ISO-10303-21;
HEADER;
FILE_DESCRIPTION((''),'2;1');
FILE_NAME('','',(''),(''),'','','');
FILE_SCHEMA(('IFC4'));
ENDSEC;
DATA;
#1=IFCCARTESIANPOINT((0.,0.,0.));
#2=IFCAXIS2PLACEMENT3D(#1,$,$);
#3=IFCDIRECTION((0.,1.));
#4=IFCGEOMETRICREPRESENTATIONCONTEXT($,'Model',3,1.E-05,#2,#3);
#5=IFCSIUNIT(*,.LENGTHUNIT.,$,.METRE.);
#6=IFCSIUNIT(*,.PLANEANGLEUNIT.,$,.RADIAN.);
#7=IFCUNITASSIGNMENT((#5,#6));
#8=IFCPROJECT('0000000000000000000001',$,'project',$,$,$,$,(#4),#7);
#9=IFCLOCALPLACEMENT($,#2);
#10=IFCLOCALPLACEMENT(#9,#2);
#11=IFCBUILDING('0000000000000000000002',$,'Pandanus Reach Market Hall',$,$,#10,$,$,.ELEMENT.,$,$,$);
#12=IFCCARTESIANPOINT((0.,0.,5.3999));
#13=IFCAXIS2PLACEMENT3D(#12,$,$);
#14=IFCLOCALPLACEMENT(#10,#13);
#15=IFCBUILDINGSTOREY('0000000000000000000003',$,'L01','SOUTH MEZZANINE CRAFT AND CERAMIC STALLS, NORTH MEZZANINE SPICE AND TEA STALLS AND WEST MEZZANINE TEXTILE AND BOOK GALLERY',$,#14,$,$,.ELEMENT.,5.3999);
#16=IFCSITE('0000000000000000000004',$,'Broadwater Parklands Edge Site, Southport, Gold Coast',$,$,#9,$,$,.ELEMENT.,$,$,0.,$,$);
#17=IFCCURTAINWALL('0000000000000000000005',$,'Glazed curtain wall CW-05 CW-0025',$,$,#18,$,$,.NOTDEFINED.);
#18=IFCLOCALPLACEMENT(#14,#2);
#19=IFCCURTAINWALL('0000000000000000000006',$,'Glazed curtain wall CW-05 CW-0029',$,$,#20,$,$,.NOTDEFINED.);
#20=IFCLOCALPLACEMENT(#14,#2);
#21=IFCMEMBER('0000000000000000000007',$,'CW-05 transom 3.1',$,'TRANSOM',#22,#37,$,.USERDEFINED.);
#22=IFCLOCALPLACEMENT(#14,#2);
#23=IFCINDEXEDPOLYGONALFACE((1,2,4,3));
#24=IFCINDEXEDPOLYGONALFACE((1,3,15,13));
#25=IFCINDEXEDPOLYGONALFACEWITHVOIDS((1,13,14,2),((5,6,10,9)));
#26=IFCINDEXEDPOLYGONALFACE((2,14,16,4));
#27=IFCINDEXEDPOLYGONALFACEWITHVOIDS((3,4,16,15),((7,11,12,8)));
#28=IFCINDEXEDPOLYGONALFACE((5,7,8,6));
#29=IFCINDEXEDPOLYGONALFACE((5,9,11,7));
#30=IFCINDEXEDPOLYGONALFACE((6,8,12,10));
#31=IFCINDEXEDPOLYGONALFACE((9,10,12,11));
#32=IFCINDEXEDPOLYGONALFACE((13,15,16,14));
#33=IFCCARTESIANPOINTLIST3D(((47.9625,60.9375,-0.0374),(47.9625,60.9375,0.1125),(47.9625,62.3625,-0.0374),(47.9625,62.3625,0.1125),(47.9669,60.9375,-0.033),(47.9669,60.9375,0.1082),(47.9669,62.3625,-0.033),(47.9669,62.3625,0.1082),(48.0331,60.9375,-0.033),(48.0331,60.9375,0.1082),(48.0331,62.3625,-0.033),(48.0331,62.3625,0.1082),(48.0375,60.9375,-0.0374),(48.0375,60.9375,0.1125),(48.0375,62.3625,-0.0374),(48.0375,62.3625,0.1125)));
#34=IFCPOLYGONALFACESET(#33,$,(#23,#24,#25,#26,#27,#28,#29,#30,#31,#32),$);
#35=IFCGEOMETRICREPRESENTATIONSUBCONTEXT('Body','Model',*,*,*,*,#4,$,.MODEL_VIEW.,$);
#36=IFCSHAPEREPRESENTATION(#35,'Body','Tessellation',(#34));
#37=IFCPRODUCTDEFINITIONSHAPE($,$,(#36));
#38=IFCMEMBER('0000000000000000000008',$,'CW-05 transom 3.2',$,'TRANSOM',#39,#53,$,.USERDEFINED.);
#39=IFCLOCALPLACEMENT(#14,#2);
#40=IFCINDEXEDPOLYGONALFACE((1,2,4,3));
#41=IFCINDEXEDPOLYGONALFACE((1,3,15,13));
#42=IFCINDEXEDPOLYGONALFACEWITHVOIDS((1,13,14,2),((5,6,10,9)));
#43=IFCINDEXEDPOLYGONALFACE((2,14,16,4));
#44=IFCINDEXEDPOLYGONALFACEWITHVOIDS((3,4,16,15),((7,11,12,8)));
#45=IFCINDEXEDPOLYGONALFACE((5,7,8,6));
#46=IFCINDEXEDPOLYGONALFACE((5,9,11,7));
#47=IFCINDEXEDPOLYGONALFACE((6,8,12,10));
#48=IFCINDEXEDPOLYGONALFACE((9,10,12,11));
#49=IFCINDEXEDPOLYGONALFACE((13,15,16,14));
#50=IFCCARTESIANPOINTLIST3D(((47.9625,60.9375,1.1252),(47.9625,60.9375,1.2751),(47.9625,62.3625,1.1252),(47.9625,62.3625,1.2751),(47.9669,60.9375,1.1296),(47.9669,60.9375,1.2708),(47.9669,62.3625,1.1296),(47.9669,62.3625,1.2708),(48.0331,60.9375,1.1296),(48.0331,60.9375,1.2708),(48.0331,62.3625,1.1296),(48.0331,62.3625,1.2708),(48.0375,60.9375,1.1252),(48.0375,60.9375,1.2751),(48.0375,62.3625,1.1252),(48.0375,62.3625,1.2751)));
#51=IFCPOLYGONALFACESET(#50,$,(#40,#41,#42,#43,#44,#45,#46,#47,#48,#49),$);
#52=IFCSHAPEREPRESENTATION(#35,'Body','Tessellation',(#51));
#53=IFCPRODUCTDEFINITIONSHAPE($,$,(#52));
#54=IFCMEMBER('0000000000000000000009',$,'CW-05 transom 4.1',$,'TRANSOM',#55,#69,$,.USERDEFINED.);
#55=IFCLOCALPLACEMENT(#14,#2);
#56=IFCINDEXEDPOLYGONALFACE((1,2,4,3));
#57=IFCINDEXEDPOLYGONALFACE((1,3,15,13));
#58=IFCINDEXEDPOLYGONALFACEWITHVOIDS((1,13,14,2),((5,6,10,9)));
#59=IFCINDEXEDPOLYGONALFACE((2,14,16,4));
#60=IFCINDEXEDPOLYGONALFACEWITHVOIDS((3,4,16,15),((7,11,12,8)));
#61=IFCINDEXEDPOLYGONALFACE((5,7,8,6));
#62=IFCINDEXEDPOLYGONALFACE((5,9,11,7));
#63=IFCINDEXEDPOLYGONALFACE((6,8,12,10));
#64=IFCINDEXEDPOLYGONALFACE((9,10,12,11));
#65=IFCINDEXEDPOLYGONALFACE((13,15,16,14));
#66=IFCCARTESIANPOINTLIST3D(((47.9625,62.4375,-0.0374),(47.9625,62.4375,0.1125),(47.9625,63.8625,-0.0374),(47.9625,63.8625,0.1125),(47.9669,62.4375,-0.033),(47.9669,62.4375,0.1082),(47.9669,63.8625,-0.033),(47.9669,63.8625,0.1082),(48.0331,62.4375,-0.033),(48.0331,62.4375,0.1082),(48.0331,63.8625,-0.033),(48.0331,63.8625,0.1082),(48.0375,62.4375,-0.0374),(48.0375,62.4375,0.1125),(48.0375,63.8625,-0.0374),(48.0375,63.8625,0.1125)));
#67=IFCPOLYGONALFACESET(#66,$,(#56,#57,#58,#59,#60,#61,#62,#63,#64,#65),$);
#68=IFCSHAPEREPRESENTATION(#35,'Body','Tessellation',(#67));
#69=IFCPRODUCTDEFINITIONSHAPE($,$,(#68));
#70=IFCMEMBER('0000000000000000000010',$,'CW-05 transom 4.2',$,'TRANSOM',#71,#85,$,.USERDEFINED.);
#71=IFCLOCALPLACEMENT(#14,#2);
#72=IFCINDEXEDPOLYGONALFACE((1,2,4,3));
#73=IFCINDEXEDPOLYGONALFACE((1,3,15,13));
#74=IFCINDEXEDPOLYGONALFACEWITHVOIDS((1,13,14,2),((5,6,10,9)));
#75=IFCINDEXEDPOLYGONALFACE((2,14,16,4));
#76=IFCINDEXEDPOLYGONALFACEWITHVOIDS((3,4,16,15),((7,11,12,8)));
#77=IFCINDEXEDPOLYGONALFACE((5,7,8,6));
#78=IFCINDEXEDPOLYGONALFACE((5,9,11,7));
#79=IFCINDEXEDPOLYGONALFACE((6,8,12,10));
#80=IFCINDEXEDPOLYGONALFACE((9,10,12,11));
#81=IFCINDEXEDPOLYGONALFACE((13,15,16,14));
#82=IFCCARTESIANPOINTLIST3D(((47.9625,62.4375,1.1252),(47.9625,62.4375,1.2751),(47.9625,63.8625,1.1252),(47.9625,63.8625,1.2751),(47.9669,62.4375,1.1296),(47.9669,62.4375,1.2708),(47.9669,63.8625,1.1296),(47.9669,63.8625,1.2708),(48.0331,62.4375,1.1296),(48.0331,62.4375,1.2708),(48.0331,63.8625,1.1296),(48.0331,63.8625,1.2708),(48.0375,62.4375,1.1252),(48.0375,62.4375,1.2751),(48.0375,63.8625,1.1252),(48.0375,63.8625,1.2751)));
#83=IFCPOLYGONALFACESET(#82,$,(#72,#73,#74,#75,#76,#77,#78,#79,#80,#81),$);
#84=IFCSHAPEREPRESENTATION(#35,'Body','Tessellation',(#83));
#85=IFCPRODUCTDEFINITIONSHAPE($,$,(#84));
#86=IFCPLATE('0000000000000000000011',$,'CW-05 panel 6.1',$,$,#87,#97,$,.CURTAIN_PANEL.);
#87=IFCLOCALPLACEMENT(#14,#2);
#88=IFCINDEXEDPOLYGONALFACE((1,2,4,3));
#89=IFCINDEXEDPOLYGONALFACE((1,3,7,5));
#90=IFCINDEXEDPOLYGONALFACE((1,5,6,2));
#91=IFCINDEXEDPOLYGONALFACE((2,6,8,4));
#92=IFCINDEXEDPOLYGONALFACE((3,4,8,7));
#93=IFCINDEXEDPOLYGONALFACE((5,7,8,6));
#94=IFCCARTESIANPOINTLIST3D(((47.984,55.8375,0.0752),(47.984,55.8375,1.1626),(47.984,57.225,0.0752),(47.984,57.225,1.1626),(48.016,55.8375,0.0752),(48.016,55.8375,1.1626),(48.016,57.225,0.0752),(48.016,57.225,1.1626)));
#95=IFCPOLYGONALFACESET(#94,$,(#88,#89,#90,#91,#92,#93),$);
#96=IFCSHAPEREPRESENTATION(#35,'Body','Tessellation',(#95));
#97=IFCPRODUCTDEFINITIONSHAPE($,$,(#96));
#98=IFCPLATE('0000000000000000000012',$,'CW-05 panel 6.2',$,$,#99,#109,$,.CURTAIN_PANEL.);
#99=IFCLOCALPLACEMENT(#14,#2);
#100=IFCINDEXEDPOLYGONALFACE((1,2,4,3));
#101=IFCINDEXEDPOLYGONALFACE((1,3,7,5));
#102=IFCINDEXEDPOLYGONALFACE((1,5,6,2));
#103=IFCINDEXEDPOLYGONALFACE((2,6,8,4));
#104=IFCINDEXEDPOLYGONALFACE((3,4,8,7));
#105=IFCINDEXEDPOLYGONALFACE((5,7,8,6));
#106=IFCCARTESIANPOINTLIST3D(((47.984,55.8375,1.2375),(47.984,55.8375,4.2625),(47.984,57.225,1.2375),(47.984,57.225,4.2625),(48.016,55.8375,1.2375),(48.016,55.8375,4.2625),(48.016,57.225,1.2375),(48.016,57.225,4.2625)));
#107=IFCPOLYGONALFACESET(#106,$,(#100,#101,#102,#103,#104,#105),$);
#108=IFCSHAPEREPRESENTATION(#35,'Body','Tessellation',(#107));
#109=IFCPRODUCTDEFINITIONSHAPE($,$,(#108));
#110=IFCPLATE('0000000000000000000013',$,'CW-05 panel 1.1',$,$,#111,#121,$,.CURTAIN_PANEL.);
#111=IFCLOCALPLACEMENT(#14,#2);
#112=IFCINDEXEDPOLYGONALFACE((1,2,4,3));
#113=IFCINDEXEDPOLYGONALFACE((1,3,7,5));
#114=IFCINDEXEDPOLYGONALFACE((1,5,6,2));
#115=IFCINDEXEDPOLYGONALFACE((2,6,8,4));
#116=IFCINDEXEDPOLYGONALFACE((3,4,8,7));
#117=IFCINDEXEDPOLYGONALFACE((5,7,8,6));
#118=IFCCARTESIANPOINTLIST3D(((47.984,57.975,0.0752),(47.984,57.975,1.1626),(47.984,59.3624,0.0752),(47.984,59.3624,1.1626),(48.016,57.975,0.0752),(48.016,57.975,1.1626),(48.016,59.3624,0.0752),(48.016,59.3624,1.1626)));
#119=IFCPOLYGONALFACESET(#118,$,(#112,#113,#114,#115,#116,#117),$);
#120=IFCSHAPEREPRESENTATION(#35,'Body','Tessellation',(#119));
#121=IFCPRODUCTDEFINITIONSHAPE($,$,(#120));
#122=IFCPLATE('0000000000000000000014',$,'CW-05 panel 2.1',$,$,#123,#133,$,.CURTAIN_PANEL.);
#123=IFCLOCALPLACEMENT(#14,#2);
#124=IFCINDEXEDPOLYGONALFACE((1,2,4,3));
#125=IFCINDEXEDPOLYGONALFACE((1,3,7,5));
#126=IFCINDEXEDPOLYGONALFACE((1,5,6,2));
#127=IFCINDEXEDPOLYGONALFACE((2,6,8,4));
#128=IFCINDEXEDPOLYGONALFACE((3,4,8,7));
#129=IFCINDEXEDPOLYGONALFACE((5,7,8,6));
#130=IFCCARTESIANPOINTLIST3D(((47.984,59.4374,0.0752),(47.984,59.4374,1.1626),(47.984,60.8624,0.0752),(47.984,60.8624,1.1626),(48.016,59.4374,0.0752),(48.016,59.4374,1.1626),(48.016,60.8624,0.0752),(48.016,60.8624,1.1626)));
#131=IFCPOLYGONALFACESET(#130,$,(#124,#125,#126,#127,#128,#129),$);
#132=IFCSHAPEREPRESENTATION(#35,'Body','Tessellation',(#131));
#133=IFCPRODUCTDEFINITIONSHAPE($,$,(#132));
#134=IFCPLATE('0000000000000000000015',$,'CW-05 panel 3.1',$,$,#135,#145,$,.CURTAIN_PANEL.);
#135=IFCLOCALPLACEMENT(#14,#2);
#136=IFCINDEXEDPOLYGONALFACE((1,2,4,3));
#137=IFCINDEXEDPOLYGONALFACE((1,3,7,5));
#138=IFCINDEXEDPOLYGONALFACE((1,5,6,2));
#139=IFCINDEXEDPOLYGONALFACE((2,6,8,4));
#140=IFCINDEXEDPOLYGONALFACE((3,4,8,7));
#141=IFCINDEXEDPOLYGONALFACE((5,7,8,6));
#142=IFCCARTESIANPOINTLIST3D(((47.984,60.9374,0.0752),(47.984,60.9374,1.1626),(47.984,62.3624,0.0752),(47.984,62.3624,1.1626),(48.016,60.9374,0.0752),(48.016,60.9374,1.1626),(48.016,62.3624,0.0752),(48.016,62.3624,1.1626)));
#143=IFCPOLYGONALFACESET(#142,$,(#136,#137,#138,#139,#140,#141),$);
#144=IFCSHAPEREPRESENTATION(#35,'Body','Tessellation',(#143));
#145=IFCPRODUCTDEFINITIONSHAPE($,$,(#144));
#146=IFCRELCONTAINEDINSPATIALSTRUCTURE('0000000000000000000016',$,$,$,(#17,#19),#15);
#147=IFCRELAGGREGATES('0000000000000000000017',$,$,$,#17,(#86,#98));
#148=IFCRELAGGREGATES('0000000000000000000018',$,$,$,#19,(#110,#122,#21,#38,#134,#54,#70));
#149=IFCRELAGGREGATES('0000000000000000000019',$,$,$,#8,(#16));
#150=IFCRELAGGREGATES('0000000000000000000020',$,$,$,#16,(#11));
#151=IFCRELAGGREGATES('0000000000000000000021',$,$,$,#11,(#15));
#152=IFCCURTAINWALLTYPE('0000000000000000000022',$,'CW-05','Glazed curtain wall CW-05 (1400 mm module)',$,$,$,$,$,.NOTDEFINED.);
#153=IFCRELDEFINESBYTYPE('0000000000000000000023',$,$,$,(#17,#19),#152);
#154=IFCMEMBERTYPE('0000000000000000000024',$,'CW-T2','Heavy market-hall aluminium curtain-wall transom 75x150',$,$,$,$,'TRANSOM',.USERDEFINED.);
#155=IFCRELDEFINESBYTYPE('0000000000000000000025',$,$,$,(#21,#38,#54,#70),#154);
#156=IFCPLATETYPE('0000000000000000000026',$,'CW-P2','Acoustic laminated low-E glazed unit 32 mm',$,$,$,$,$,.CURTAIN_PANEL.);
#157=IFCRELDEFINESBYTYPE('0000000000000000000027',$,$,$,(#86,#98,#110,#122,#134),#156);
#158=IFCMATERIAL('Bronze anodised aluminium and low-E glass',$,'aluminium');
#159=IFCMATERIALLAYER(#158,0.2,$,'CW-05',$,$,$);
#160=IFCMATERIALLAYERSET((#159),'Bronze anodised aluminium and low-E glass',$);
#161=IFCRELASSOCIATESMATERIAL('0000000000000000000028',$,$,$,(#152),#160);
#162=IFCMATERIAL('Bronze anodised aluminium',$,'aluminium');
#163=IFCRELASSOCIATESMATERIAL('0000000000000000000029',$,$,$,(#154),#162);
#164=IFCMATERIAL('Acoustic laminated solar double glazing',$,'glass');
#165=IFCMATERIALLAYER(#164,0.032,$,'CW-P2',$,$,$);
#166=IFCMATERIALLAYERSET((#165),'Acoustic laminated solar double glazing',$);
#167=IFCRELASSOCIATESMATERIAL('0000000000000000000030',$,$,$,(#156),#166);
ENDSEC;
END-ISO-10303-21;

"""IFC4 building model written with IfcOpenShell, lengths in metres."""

from ifc_helpers import new_model, si_unit, direction, frame, origin, origin_2d, place, context, subcontext, project, spatial, rectangle, hollow_rectangle, extrude, material, layer, layer_set, material_profile, profile_set, type_object, element, aggregate, save


model = new_model("IFC4")

# Units and contexts
model_context = context("Model", 3, precision=1e-05, world=origin(), true_north=direction((0.0, 1.0)))
body_context = subcontext(model_context, "Body", "Model", "MODEL_VIEW")
ifc_project = project(units=[si_unit("LENGTHUNIT", "METRE"), si_unit("PLANEANGLEUNIT", "RADIAN")], contexts=[model_context])

# Site, building, storey
site_placement = place(None, origin())
site = spatial("IfcSite", under=ifc_project, at=site_placement, Name="Broadwater Parklands Edge Site, Southport, Gold Coast", CompositionType="ELEMENT", RefElevation=0.0)
building_placement = place(site_placement, origin())
building = spatial("IfcBuilding", under=site, at=building_placement, Name="Pandanus Reach Market Hall", CompositionType="ELEMENT")
storey_placement = place(building_placement, frame((0.0, 0.0, 5.3999)))
storey = spatial("IfcBuildingStorey", under=building, at=storey_placement, Name="L01", Description="SOUTH MEZZANINE CRAFT AND CERAMIC STALLS, NORTH MEZZANINE SPICE AND TEA STALLS AND WEST MEZZANINE TEXTILE AND BOOK GALLERY", CompositionType="ELEMENT", Elevation=5.3999)

# Curtain wall
ifc_material_1 = material(Name="Bronze anodised aluminium and low-E glass", Category="aluminium")
ifc_layer_1 = layer(ifc_material_1, 0.2, Name="CW-05")
ifc_layer_set_1 = layer_set([ifc_layer_1], Name="Bronze anodised aluminium and low-E glass")
curtain_wall_type = type_object("IfcCurtainWallType", Name="CW-05", Description="Glazed curtain wall CW-05 (1400 mm module)", PredefinedType="NOTDEFINED", material=ifc_layer_set_1)
curtain_wall_1_placement = place(storey_placement, origin())
curtain_wall_1 = element("IfcCurtainWall", 1, at=curtain_wall_1_placement, inside=storey, type_object=curtain_wall_type, Name="Glazed curtain wall CW-05 CW-0025", PredefinedType="NOTDEFINED")
ifc_material_2 = material(Name="Bronze anodised aluminium", Category="aluminium")

# Curtain wall
curtain_wall_2_placement = place(storey_placement, origin())
curtain_wall_2 = element("IfcCurtainWall", 2, at=curtain_wall_2_placement, inside=storey, type_object=curtain_wall_type, Name="Glazed curtain wall CW-05 CW-0029", PredefinedType="NOTDEFINED")

# Members
ifc_material_profile_1 = material_profile(ifc_material_2, hollow_rectangle(XDim=0.075, YDim=0.1499, WallThickness=0.0044, at=origin_2d()), Name="ALU75x150", Category="LoadBearing")
ifc_profile_set_1 = profile_set([ifc_material_profile_1], Name="Bronze anodised aluminium")
member_type_1 = type_object("IfcMemberType", Name="CW-T2", Description="Heavy market-hall aluminium curtain-wall transom 75x150", ElementType="TRANSOM", PredefinedType="USERDEFINED", material=ifc_profile_set_1)
member_1_placement = place(storey_placement, frame((48.0, 60.9375, 0.0376), z_axis=(0.0, 1.0, 0.0), x_axis=(-1.0, 0.0, 0.0)))
member_1 = element("IfcMember", 3, at=member_1_placement, type_object=member_type_1, Name="CW-05 transom 3.1", ObjectType="TRANSOM", PredefinedType="USERDEFINED", context=body_context, shape_type="SweptSolid", body=[
    extrude(hollow_rectangle(XDim=0.075, YDim=0.1499, WallThickness=0.0044, at=origin_2d()), origin(), (0.0, 0.0, 1.0), 1.425),
])
member_2_placement = place(storey_placement, frame((48.0, 60.9375, 1.2002), z_axis=(0.0, 1.0, 0.0), x_axis=(-1.0, 0.0, 0.0)))
member_2 = element("IfcMember", 4, at=member_2_placement, type_object=member_type_1, Name="CW-05 transom 3.2", ObjectType="TRANSOM", PredefinedType="USERDEFINED", context=body_context, shape_type="SweptSolid", body=[
    extrude(hollow_rectangle(XDim=0.075, YDim=0.1499, WallThickness=0.0044, at=origin_2d()), origin(), (0.0, 0.0, 1.0), 1.425),
])
member_3_placement = place(storey_placement, frame((48.0, 62.4375, 0.0376), z_axis=(0.0, 1.0, 0.0), x_axis=(-1.0, 0.0, 0.0)))
member_3 = element("IfcMember", 5, at=member_3_placement, type_object=member_type_1, Name="CW-05 transom 4.1", ObjectType="TRANSOM", PredefinedType="USERDEFINED", context=body_context, shape_type="SweptSolid", body=[
    extrude(hollow_rectangle(XDim=0.075, YDim=0.1499, WallThickness=0.0044, at=origin_2d()), origin(), (0.0, 0.0, 1.0), 1.425),
])
member_4_placement = place(storey_placement, frame((48.0, 62.4375, 1.2002), z_axis=(0.0, 1.0, 0.0), x_axis=(-1.0, 0.0, 0.0)))
member_4 = element("IfcMember", 6, at=member_4_placement, type_object=member_type_1, Name="CW-05 transom 4.2", ObjectType="TRANSOM", PredefinedType="USERDEFINED", context=body_context, shape_type="SweptSolid", body=[
    extrude(hollow_rectangle(XDim=0.075, YDim=0.1499, WallThickness=0.0044, at=origin_2d()), origin(), (0.0, 0.0, 1.0), 1.425),
])

# Plates
ifc_material_3 = material(Name="Acoustic laminated solar double glazing", Category="glass")
ifc_layer_2 = layer(ifc_material_3, 0.032, Name="CW-P2")
ifc_layer_set_2 = layer_set([ifc_layer_2], Name="Acoustic laminated solar double glazing")
plate_type = type_object("IfcPlateType", Name="CW-P2", Description="Acoustic laminated low-E glazed unit 32 mm", PredefinedType="CURTAIN_PANEL", material=ifc_layer_set_2)
plate_1_placement = place(storey_placement, frame((48.0, 56.5312, 0.0752), z_axis=(0.0, 0.0, 1.0), x_axis=(0.0, 1.0, 0.0)))
plate_1 = element("IfcPlate", 7, at=plate_1_placement, type_object=plate_type, Name="CW-05 panel 6.1", PredefinedType="CURTAIN_PANEL", context=body_context, shape_type="SweptSolid", body=[
    extrude(rectangle(XDim=1.3875, YDim=0.032, at=origin_2d()), origin(), (0.0, 0.0, 1.0), 1.0874),
])
plate_2_placement = place(storey_placement, frame((48.0, 56.5312, 1.2375), z_axis=(0.0, 0.0, 1.0), x_axis=(0.0, 1.0, 0.0)))
plate_2 = element("IfcPlate", 8, at=plate_2_placement, type_object=plate_type, Name="CW-05 panel 6.2", PredefinedType="CURTAIN_PANEL", context=body_context, shape_type="SweptSolid", body=[
    extrude(rectangle(XDim=1.3875, YDim=0.032, at=origin_2d()), origin(), (0.0, 0.0, 1.0), 3.0249),
])
aggregate(curtain_wall_1, [plate_1, plate_2])
plate_3_placement = place(storey_placement, frame((48.0, 58.6687, 0.0752), z_axis=(0.0, 0.0, 1.0), x_axis=(0.0, 1.0, 0.0)))
plate_3 = element("IfcPlate", 9, at=plate_3_placement, type_object=plate_type, Name="CW-05 panel 1.1", PredefinedType="CURTAIN_PANEL", context=body_context, shape_type="SweptSolid", body=[
    extrude(rectangle(XDim=1.3875, YDim=0.032, at=origin_2d()), origin(), (0.0, 0.0, 1.0), 1.0874),
])
plate_4_placement = place(storey_placement, frame((48.0, 60.1499, 0.0752), z_axis=(0.0, 0.0, 1.0), x_axis=(0.0, 1.0, 0.0)))
plate_4 = element("IfcPlate", 10, at=plate_4_placement, type_object=plate_type, Name="CW-05 panel 2.1", PredefinedType="CURTAIN_PANEL", context=body_context, shape_type="SweptSolid", body=[
    extrude(rectangle(XDim=1.425, YDim=0.032, at=origin_2d()), origin(), (0.0, 0.0, 1.0), 1.0874),
])
plate_5_placement = place(storey_placement, frame((48.0, 61.6499, 0.0752), z_axis=(0.0, 0.0, 1.0), x_axis=(0.0, 1.0, 0.0)))
plate_5 = element("IfcPlate", 11, at=plate_5_placement, type_object=plate_type, Name="CW-05 panel 3.1", PredefinedType="CURTAIN_PANEL", context=body_context, shape_type="SweptSolid", body=[
    extrude(rectangle(XDim=1.425, YDim=0.032, at=origin_2d()), origin(), (0.0, 0.0, 1.0), 1.0874),
])
aggregate(curtain_wall_2, [plate_3, plate_4, member_1, member_2, plate_5, member_3, member_4])

save(model, "model.ifc")
